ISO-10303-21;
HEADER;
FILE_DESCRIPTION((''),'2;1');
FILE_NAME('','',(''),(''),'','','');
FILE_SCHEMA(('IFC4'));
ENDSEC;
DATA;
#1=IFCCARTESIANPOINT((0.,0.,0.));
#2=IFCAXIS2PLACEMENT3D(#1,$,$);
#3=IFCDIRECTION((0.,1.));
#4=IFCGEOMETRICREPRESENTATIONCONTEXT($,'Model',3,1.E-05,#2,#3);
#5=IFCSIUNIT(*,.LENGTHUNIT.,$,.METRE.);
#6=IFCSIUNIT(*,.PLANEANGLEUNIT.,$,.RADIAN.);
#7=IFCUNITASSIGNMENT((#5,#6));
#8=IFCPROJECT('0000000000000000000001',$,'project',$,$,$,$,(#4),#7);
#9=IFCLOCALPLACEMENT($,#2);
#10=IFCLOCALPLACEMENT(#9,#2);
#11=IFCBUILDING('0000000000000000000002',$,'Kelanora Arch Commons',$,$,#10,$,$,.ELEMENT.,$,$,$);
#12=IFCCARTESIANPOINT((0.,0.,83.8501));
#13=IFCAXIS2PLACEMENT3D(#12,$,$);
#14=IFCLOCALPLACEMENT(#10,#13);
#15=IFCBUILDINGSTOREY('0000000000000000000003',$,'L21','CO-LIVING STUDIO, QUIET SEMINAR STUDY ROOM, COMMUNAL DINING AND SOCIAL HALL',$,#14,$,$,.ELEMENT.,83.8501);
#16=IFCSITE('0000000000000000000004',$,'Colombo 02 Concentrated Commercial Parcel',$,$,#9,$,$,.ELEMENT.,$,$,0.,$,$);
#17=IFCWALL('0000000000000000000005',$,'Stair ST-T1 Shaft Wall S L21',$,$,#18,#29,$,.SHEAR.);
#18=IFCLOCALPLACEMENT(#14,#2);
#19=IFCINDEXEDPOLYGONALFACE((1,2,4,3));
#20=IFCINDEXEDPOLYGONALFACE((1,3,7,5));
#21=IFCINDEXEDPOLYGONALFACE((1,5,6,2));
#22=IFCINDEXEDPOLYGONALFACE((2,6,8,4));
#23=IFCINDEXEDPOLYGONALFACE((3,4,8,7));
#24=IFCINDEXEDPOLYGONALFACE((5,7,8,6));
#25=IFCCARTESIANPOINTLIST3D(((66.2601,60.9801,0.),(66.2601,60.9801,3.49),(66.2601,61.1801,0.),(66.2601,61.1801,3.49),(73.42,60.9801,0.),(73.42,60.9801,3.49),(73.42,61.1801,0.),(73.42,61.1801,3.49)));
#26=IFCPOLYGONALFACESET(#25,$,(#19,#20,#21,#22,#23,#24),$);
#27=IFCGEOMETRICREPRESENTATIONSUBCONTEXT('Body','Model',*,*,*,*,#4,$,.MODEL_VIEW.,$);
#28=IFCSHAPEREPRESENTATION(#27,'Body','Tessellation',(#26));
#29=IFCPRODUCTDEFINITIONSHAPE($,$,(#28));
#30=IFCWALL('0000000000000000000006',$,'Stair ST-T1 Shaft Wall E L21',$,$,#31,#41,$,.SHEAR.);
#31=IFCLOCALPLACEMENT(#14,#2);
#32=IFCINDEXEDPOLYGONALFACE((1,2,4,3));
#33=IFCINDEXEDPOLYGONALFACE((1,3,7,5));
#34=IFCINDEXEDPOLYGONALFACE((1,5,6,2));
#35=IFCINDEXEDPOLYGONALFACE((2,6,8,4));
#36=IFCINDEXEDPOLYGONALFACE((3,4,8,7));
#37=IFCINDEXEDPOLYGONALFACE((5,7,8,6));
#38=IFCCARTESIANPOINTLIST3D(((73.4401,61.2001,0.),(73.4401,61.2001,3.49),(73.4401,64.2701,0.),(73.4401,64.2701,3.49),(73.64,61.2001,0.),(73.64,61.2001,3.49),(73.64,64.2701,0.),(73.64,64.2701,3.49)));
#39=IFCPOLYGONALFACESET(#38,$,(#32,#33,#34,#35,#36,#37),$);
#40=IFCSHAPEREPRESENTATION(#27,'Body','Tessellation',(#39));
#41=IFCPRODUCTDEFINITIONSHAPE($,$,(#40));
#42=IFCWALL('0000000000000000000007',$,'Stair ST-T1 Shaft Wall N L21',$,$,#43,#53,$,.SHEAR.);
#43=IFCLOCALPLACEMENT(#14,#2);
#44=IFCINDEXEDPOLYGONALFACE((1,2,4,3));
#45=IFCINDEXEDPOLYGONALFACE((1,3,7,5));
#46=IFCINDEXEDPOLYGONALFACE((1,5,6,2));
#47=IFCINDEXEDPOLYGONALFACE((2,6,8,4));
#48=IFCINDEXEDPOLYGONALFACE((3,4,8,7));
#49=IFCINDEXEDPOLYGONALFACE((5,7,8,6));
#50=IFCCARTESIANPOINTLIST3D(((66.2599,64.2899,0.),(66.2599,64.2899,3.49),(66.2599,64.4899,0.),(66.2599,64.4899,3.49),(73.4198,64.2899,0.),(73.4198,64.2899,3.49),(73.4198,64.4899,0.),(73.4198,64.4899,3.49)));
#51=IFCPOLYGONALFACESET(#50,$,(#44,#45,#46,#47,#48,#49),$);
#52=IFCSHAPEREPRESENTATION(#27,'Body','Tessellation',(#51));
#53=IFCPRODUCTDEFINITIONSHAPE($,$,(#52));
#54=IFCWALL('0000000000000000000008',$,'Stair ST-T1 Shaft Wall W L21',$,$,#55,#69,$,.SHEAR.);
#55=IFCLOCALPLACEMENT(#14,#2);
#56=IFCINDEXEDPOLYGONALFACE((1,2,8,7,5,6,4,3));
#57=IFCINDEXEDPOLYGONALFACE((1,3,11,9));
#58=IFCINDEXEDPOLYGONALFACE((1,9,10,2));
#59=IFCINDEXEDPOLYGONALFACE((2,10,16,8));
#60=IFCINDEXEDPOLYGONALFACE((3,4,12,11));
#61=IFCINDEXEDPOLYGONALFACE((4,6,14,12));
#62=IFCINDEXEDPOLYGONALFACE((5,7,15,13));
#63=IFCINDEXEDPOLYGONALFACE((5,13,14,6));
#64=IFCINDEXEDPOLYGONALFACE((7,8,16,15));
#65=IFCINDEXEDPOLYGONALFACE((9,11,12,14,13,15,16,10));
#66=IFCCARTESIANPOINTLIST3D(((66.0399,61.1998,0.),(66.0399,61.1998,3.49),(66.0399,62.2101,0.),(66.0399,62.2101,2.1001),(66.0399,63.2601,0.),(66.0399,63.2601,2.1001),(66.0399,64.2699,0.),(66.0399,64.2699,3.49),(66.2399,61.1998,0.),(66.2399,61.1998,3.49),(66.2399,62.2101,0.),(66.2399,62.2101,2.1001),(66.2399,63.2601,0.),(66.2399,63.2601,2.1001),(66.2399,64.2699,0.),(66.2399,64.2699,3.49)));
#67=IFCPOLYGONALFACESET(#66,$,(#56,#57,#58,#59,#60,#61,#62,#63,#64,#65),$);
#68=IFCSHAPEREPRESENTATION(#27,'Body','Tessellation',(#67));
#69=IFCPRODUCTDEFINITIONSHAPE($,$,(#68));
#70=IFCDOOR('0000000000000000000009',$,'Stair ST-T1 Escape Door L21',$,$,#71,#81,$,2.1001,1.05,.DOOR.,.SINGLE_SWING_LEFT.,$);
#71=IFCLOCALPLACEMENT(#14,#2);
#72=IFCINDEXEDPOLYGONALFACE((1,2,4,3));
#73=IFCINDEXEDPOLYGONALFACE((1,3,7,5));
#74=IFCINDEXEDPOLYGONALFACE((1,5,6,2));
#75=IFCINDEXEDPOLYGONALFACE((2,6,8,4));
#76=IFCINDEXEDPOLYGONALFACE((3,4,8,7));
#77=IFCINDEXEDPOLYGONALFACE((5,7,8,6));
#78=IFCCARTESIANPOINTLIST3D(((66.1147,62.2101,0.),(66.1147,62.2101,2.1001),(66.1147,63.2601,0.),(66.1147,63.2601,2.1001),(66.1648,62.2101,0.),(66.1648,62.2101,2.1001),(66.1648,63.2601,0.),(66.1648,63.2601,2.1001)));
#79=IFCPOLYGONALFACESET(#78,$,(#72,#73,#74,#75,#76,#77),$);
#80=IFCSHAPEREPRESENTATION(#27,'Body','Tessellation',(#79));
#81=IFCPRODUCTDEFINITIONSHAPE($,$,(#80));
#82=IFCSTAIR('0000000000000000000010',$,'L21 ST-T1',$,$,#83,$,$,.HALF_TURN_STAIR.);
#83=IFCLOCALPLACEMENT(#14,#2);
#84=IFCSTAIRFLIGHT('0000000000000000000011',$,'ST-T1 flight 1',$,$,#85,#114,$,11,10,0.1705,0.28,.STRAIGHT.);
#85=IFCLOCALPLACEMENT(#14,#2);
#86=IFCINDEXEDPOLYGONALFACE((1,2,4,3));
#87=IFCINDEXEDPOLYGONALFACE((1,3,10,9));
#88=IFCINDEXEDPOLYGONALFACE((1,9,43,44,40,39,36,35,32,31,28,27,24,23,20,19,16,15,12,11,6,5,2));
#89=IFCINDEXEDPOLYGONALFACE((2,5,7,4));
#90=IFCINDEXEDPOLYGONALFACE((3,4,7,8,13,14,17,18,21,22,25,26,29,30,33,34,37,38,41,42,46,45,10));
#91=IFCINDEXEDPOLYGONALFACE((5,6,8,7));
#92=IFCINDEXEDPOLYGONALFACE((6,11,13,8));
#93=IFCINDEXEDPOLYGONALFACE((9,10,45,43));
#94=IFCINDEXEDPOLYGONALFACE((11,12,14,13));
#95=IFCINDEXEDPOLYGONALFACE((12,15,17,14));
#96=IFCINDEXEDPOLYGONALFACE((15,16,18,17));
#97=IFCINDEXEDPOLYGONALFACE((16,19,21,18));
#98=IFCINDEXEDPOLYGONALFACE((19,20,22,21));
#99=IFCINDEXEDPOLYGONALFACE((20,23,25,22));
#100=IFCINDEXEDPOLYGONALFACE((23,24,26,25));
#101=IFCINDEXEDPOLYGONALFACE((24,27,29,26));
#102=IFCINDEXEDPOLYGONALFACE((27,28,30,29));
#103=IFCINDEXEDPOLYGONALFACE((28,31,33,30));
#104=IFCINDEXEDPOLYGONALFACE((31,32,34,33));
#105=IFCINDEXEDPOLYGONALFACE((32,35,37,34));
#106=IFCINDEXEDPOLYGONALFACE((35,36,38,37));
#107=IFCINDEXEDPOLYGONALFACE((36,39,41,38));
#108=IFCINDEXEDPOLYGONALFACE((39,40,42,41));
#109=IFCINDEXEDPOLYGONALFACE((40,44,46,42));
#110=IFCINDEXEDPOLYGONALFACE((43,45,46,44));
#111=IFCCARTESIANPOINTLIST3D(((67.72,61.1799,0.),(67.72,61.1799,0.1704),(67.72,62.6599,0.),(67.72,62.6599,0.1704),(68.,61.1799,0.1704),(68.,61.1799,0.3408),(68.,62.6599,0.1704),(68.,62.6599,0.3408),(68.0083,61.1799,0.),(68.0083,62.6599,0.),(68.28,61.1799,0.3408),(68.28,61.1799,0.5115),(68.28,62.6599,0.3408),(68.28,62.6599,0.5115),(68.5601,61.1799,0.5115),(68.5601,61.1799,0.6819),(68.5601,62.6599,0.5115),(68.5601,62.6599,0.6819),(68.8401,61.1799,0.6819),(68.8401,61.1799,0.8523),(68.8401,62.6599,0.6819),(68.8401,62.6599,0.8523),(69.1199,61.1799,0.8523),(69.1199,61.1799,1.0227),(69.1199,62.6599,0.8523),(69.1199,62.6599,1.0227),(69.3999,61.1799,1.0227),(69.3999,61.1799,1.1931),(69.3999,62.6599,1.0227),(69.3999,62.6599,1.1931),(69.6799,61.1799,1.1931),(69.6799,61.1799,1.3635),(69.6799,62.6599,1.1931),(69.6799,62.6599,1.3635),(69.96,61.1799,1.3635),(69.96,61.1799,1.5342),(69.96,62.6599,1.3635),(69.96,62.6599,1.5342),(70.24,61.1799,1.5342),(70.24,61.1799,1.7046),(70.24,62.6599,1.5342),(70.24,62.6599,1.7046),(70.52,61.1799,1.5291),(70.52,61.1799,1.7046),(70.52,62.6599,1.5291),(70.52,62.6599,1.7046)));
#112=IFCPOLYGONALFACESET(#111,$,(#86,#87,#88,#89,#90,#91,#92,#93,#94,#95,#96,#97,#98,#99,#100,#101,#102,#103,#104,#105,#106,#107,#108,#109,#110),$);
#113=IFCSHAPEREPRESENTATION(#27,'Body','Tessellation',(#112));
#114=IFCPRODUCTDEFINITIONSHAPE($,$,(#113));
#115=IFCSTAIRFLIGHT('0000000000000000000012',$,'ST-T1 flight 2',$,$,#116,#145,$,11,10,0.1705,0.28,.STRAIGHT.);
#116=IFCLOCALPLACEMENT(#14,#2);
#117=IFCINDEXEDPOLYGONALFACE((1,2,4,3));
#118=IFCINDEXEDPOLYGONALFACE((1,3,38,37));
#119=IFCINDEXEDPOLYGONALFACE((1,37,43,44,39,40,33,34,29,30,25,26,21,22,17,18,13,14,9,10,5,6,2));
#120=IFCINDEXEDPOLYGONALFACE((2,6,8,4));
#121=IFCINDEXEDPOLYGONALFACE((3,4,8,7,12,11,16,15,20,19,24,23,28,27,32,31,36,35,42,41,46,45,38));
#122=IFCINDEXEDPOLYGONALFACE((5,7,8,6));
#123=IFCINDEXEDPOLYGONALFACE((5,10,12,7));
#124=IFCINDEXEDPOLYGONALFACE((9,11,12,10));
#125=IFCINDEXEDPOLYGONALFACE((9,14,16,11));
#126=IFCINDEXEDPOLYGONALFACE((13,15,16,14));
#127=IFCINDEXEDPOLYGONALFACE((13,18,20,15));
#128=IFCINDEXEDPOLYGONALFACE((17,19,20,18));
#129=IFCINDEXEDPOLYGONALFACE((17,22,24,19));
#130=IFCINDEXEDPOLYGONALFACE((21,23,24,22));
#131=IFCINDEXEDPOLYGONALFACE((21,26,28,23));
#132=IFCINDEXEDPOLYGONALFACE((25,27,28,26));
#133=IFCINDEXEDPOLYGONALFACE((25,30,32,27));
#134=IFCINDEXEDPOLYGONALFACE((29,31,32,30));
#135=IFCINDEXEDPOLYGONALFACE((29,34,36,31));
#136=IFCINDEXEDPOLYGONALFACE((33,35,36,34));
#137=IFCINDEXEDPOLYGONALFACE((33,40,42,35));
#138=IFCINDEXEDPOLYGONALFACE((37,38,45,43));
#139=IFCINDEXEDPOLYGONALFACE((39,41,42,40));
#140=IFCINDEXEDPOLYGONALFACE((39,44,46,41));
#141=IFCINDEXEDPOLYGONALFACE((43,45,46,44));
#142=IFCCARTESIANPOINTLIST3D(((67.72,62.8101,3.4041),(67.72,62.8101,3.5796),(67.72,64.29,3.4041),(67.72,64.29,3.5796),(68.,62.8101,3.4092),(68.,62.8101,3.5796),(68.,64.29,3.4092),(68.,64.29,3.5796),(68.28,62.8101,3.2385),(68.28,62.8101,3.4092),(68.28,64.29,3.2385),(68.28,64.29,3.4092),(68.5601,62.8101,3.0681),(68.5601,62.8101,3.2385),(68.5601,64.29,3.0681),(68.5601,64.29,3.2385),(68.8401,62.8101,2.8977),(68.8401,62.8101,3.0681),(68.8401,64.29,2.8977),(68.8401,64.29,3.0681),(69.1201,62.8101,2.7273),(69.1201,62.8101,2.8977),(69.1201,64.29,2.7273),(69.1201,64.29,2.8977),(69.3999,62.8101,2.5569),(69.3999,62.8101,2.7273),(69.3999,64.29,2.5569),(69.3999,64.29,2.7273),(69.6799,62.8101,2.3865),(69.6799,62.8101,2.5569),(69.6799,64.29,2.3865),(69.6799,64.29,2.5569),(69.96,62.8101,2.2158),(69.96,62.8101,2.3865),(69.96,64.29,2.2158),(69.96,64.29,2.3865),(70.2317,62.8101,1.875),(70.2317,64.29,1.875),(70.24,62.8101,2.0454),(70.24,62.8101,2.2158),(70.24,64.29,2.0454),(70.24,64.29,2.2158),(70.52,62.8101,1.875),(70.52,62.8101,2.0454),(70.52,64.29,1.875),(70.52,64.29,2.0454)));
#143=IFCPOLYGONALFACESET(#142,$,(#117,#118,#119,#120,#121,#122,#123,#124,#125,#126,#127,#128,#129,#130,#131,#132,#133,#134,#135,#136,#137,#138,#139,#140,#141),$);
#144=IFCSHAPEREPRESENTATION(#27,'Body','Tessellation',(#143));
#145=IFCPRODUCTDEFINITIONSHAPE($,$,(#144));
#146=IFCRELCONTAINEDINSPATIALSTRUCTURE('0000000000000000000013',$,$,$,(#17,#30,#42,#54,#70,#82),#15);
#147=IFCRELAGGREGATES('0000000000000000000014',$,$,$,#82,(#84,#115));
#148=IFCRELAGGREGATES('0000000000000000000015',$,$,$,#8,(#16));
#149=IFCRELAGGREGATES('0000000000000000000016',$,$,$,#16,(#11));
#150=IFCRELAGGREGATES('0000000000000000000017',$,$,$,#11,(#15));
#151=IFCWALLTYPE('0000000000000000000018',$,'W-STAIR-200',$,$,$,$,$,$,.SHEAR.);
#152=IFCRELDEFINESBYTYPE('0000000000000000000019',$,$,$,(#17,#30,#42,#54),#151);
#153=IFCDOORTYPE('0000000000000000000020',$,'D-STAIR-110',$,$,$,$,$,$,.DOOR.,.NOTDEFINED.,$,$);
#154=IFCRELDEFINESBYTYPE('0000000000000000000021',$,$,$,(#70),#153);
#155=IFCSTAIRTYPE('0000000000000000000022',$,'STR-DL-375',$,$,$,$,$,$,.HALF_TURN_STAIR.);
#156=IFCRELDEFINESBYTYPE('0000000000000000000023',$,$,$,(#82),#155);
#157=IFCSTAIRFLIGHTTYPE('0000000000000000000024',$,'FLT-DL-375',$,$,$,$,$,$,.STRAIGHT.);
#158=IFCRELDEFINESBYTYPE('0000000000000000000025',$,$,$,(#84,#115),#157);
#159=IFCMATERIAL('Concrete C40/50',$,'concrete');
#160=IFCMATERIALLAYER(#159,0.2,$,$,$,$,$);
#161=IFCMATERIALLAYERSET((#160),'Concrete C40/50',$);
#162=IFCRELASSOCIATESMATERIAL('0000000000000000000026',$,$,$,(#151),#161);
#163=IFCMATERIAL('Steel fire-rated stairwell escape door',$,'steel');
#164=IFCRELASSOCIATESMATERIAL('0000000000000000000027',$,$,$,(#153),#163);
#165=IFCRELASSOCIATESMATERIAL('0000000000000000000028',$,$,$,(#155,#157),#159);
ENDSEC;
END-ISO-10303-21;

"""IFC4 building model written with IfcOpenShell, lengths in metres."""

from ifc_helpers import new_model, si_unit, direction, frame, frame_2d, origin, place, context, subcontext, project, spatial, polyline, rectangle, outline, extrude, material, layer, layer_set, type_object, element, fill, aggregate, save


model = new_model("IFC4")

# Units and contexts
model_context = context("Model", 3, precision=1e-05, world=origin(), true_north=direction((0.0, 1.0)))
body_context = subcontext(model_context, "Body", "Model", "MODEL_VIEW")
ifc_project = project(units=[si_unit("LENGTHUNIT", "METRE"), si_unit("PLANEANGLEUNIT", "RADIAN")], contexts=[model_context])

# Site, building, storey
site_placement = place(None, origin())
site = spatial("IfcSite", under=ifc_project, at=site_placement, Name="Colombo 02 Concentrated Commercial Parcel", CompositionType="ELEMENT", RefElevation=0.0)
building_placement = place(site_placement, origin())
building = spatial("IfcBuilding", under=site, at=building_placement, Name="Kelanora Arch Commons", CompositionType="ELEMENT")
storey_placement = place(building_placement, frame((0.0, 0.0, 83.8501)))
storey = spatial("IfcBuildingStorey", under=building, at=storey_placement, Name="L21", Description="CO-LIVING STUDIO, QUIET SEMINAR STUDY ROOM, COMMUNAL DINING AND SOCIAL HALL", CompositionType="ELEMENT", Elevation=83.8501)

# Shared definitions
ifc_material_1 = material(Name="Concrete C40/50", Category="concrete")

# Walls
ifc_layer_1 = layer(ifc_material_1, 0.2)
ifc_layer_set_1 = layer_set([ifc_layer_1], Name="Concrete C40/50")
wall_type_1 = type_object("IfcWallType", Name="W-STAIR-200", PredefinedType="SHEAR", material=ifc_layer_set_1)
wall_1_placement = place(storey_placement, frame((66.26, 61.0801, 0.0), z_axis=(0.0, 0.0, 1.0), x_axis=(1.0, 0.0, 0.0)))
element("IfcWall", 1, at=wall_1_placement, inside=storey, type_object=wall_type_1, Name="Stair ST-T1 Shaft Wall S L21", PredefinedType="SHEAR", context=body_context, shape_type="SweptSolid", body=[
    extrude(rectangle(XDim=7.1599, YDim=0.2, at=frame_2d((3.5801, 0.0))), origin(), (0.0, 0.0, 1.0), 3.49),
])
wall_2_placement = place(storey_placement, frame((73.54, 61.2, 0.0), z_axis=(0.0, 0.0, 1.0), x_axis=(0.0, 1.0, 0.0)))
element("IfcWall", 2, at=wall_2_placement, inside=storey, type_object=wall_type_1, Name="Stair ST-T1 Shaft Wall E L21", PredefinedType="SHEAR", context=body_context, shape_type="SweptSolid", body=[
    extrude(rectangle(XDim=3.0701, YDim=0.2, at=frame_2d((1.5352, 0.0))), origin(), (0.0, 0.0, 1.0), 3.49),
])
wall_3_placement = place(storey_placement, frame((73.4199, 64.3899, 0.0), z_axis=(0.0, 0.0, 1.0), x_axis=(-1.0, 0.0, 0.0)))
element("IfcWall", 3, at=wall_3_placement, inside=storey, type_object=wall_type_1, Name="Stair ST-T1 Shaft Wall N L21", PredefinedType="SHEAR", context=body_context, shape_type="SweptSolid", body=[
    extrude(rectangle(XDim=7.1599, YDim=0.2, at=frame_2d((3.5801, 0.0))), origin(), (0.0, 0.0, 1.0), 3.49),
])

# Wall, opening, door
wall_4_placement = place(storey_placement, frame((66.1399, 64.27, 0.0), z_axis=(0.0, 0.0, 1.0), x_axis=(0.0, -1.0, 0.0)))
wall_4 = element("IfcWall", 4, at=wall_4_placement, inside=storey, type_object=wall_type_1, Name="Stair ST-T1 Shaft Wall W L21", PredefinedType="SHEAR", context=body_context, shape_type="SweptSolid", body=[
    extrude(rectangle(XDim=3.0701, YDim=0.2, at=frame_2d((1.5352, 0.0))), origin(), (0.0, 0.0, 1.0), 3.49),
])
opening_1_placement = place(wall_4_placement, frame((1.01, 0.0, 0.0)))
opening_1 = element("IfcOpeningElement", 5, at=opening_1_placement, cuts=wall_4, PredefinedType="OPENING", context=body_context, shape_type="SweptSolid", body=[
    extrude(rectangle(XDim=1.05, YDim=2.1001, at=frame_2d((0.5249, 1.05))), frame((0.0, 0.1099, 0.0), z_axis=(0.0, -1.0, 0.0), x_axis=(1.0, 0.0, 0.0)), (0.0, 0.0, 1.0), 0.22),
])
ifc_material_2 = material(Name="Steel fire-rated stairwell escape door", Category="steel")
door_type_1 = type_object("IfcDoorType", Name="D-STAIR-110", OperationType="NOTDEFINED", PredefinedType="DOOR", material=ifc_material_2)
door_1_placement = place(opening_1_placement, origin())
door_1 = element("IfcDoor", 6, at=door_1_placement, inside=storey, type_object=door_type_1, Name="Stair ST-T1 Escape Door L21", OperationType="SINGLE_SWING_LEFT", OverallHeight=2.1001, OverallWidth=1.05, PredefinedType="DOOR", context=body_context, shape_type="SweptSolid", body=[
    extrude(rectangle(XDim=1.05, YDim=2.1001, at=frame_2d((0.5249, 1.05))), frame((0.0, 0.0249, 0.0), z_axis=(0.0, -1.0, 0.0), x_axis=(1.0, 0.0, 0.0)), (0.0, 0.0, 1.0), 0.05),
])
fill(opening_1, door_1)

# Stair, stair flights
stair_type = type_object("IfcStairType", Name="STR-DL-375", PredefinedType="HALF_TURN_STAIR", material=ifc_material_1)
stair_placement = place(storey_placement, origin())
stair = element("IfcStair", 7, at=stair_placement, inside=storey, type_object=stair_type, Name="L21 ST-T1", PredefinedType="HALF_TURN_STAIR")
stair_flight_type = type_object("IfcStairFlightType", Name="FLT-DL-375", PredefinedType="STRAIGHT", material=ifc_material_1)
stair_flight_1_placement = place(storey_placement, frame((67.72, 61.9199, 0.0), z_axis=(0.0, 0.0, 1.0), x_axis=(1.0, 0.0, 0.0)))
stair_flight_1 = element("IfcStairFlight", 8, at=stair_flight_1_placement, type_object=stair_flight_type, Name="ST-T1 flight 1", NumberOfRisers=11, NumberOfTreads=10, PredefinedType="STRAIGHT", RiserHeight=0.1705, TreadLength=0.28, context=body_context, shape_type="SweptSolid", body=[
    extrude(outline(polyline([(0.0, 0.0), (0.0, 0.1704), (0.28, 0.1704), (0.28, 0.3408), (0.5601, 0.3408), (0.5601, 0.5115), (0.8401, 0.5115), (0.8401, 0.6819), (1.1201, 0.6819), (1.1201, 0.8523), (1.3999, 0.8523), (1.3999, 1.0227), (1.6799, 1.0227), (1.6799, 1.1931), (1.96, 1.1931), (1.96, 1.3635), (2.24, 1.3635), (2.24, 1.5342), (2.52, 1.5342), (2.52, 1.7046), (2.8, 1.7046), (2.8, 1.875), (2.8, 1.5291), (0.2883, 0.0), (0.0, 0.0)])), frame((0.0, 0.74, 0.0), z_axis=(0.0, -1.0, 0.0), x_axis=(1.0, 0.0, 0.0)), (0.0, 0.0, 1.0), 1.48),
])
stair_flight_2_placement = place(storey_placement, frame((70.52, 63.55, 1.875), z_axis=(0.0, 0.0, 1.0), x_axis=(-1.0, 0.0, 0.0)))
stair_flight_2 = element("IfcStairFlight", 9, at=stair_flight_2_placement, type_object=stair_flight_type, Name="ST-T1 flight 2", NumberOfRisers=11, NumberOfTreads=10, PredefinedType="STRAIGHT", RiserHeight=0.1705, TreadLength=0.28, context=body_context, shape_type="SweptSolid", body=[
    extrude(outline(polyline([(0.0, 0.0), (0.0, 0.1704), (0.28, 0.1704), (0.28, 0.3408), (0.5601, 0.3408), (0.5601, 0.5115), (0.8401, 0.5115), (0.8401, 0.6819), (1.1201, 0.6819), (1.1201, 0.8523), (1.3999, 0.8523), (1.3999, 1.0227), (1.6799, 1.0227), (1.6799, 1.1931), (1.96, 1.1931), (1.96, 1.3635), (2.24, 1.3635), (2.24, 1.5342), (2.52, 1.5342), (2.52, 1.7046), (2.8, 1.7046), (2.8, 1.875), (2.8, 1.5291), (0.2883, 0.0), (0.0, 0.0)])), frame((0.0, 0.74, 0.0), z_axis=(0.0, -1.0, 0.0), x_axis=(1.0, 0.0, 0.0)), (0.0, 0.0, 1.0), 1.48),
])
aggregate(stair, [stair_flight_1, stair_flight_2])

save(model, "model.ifc")
